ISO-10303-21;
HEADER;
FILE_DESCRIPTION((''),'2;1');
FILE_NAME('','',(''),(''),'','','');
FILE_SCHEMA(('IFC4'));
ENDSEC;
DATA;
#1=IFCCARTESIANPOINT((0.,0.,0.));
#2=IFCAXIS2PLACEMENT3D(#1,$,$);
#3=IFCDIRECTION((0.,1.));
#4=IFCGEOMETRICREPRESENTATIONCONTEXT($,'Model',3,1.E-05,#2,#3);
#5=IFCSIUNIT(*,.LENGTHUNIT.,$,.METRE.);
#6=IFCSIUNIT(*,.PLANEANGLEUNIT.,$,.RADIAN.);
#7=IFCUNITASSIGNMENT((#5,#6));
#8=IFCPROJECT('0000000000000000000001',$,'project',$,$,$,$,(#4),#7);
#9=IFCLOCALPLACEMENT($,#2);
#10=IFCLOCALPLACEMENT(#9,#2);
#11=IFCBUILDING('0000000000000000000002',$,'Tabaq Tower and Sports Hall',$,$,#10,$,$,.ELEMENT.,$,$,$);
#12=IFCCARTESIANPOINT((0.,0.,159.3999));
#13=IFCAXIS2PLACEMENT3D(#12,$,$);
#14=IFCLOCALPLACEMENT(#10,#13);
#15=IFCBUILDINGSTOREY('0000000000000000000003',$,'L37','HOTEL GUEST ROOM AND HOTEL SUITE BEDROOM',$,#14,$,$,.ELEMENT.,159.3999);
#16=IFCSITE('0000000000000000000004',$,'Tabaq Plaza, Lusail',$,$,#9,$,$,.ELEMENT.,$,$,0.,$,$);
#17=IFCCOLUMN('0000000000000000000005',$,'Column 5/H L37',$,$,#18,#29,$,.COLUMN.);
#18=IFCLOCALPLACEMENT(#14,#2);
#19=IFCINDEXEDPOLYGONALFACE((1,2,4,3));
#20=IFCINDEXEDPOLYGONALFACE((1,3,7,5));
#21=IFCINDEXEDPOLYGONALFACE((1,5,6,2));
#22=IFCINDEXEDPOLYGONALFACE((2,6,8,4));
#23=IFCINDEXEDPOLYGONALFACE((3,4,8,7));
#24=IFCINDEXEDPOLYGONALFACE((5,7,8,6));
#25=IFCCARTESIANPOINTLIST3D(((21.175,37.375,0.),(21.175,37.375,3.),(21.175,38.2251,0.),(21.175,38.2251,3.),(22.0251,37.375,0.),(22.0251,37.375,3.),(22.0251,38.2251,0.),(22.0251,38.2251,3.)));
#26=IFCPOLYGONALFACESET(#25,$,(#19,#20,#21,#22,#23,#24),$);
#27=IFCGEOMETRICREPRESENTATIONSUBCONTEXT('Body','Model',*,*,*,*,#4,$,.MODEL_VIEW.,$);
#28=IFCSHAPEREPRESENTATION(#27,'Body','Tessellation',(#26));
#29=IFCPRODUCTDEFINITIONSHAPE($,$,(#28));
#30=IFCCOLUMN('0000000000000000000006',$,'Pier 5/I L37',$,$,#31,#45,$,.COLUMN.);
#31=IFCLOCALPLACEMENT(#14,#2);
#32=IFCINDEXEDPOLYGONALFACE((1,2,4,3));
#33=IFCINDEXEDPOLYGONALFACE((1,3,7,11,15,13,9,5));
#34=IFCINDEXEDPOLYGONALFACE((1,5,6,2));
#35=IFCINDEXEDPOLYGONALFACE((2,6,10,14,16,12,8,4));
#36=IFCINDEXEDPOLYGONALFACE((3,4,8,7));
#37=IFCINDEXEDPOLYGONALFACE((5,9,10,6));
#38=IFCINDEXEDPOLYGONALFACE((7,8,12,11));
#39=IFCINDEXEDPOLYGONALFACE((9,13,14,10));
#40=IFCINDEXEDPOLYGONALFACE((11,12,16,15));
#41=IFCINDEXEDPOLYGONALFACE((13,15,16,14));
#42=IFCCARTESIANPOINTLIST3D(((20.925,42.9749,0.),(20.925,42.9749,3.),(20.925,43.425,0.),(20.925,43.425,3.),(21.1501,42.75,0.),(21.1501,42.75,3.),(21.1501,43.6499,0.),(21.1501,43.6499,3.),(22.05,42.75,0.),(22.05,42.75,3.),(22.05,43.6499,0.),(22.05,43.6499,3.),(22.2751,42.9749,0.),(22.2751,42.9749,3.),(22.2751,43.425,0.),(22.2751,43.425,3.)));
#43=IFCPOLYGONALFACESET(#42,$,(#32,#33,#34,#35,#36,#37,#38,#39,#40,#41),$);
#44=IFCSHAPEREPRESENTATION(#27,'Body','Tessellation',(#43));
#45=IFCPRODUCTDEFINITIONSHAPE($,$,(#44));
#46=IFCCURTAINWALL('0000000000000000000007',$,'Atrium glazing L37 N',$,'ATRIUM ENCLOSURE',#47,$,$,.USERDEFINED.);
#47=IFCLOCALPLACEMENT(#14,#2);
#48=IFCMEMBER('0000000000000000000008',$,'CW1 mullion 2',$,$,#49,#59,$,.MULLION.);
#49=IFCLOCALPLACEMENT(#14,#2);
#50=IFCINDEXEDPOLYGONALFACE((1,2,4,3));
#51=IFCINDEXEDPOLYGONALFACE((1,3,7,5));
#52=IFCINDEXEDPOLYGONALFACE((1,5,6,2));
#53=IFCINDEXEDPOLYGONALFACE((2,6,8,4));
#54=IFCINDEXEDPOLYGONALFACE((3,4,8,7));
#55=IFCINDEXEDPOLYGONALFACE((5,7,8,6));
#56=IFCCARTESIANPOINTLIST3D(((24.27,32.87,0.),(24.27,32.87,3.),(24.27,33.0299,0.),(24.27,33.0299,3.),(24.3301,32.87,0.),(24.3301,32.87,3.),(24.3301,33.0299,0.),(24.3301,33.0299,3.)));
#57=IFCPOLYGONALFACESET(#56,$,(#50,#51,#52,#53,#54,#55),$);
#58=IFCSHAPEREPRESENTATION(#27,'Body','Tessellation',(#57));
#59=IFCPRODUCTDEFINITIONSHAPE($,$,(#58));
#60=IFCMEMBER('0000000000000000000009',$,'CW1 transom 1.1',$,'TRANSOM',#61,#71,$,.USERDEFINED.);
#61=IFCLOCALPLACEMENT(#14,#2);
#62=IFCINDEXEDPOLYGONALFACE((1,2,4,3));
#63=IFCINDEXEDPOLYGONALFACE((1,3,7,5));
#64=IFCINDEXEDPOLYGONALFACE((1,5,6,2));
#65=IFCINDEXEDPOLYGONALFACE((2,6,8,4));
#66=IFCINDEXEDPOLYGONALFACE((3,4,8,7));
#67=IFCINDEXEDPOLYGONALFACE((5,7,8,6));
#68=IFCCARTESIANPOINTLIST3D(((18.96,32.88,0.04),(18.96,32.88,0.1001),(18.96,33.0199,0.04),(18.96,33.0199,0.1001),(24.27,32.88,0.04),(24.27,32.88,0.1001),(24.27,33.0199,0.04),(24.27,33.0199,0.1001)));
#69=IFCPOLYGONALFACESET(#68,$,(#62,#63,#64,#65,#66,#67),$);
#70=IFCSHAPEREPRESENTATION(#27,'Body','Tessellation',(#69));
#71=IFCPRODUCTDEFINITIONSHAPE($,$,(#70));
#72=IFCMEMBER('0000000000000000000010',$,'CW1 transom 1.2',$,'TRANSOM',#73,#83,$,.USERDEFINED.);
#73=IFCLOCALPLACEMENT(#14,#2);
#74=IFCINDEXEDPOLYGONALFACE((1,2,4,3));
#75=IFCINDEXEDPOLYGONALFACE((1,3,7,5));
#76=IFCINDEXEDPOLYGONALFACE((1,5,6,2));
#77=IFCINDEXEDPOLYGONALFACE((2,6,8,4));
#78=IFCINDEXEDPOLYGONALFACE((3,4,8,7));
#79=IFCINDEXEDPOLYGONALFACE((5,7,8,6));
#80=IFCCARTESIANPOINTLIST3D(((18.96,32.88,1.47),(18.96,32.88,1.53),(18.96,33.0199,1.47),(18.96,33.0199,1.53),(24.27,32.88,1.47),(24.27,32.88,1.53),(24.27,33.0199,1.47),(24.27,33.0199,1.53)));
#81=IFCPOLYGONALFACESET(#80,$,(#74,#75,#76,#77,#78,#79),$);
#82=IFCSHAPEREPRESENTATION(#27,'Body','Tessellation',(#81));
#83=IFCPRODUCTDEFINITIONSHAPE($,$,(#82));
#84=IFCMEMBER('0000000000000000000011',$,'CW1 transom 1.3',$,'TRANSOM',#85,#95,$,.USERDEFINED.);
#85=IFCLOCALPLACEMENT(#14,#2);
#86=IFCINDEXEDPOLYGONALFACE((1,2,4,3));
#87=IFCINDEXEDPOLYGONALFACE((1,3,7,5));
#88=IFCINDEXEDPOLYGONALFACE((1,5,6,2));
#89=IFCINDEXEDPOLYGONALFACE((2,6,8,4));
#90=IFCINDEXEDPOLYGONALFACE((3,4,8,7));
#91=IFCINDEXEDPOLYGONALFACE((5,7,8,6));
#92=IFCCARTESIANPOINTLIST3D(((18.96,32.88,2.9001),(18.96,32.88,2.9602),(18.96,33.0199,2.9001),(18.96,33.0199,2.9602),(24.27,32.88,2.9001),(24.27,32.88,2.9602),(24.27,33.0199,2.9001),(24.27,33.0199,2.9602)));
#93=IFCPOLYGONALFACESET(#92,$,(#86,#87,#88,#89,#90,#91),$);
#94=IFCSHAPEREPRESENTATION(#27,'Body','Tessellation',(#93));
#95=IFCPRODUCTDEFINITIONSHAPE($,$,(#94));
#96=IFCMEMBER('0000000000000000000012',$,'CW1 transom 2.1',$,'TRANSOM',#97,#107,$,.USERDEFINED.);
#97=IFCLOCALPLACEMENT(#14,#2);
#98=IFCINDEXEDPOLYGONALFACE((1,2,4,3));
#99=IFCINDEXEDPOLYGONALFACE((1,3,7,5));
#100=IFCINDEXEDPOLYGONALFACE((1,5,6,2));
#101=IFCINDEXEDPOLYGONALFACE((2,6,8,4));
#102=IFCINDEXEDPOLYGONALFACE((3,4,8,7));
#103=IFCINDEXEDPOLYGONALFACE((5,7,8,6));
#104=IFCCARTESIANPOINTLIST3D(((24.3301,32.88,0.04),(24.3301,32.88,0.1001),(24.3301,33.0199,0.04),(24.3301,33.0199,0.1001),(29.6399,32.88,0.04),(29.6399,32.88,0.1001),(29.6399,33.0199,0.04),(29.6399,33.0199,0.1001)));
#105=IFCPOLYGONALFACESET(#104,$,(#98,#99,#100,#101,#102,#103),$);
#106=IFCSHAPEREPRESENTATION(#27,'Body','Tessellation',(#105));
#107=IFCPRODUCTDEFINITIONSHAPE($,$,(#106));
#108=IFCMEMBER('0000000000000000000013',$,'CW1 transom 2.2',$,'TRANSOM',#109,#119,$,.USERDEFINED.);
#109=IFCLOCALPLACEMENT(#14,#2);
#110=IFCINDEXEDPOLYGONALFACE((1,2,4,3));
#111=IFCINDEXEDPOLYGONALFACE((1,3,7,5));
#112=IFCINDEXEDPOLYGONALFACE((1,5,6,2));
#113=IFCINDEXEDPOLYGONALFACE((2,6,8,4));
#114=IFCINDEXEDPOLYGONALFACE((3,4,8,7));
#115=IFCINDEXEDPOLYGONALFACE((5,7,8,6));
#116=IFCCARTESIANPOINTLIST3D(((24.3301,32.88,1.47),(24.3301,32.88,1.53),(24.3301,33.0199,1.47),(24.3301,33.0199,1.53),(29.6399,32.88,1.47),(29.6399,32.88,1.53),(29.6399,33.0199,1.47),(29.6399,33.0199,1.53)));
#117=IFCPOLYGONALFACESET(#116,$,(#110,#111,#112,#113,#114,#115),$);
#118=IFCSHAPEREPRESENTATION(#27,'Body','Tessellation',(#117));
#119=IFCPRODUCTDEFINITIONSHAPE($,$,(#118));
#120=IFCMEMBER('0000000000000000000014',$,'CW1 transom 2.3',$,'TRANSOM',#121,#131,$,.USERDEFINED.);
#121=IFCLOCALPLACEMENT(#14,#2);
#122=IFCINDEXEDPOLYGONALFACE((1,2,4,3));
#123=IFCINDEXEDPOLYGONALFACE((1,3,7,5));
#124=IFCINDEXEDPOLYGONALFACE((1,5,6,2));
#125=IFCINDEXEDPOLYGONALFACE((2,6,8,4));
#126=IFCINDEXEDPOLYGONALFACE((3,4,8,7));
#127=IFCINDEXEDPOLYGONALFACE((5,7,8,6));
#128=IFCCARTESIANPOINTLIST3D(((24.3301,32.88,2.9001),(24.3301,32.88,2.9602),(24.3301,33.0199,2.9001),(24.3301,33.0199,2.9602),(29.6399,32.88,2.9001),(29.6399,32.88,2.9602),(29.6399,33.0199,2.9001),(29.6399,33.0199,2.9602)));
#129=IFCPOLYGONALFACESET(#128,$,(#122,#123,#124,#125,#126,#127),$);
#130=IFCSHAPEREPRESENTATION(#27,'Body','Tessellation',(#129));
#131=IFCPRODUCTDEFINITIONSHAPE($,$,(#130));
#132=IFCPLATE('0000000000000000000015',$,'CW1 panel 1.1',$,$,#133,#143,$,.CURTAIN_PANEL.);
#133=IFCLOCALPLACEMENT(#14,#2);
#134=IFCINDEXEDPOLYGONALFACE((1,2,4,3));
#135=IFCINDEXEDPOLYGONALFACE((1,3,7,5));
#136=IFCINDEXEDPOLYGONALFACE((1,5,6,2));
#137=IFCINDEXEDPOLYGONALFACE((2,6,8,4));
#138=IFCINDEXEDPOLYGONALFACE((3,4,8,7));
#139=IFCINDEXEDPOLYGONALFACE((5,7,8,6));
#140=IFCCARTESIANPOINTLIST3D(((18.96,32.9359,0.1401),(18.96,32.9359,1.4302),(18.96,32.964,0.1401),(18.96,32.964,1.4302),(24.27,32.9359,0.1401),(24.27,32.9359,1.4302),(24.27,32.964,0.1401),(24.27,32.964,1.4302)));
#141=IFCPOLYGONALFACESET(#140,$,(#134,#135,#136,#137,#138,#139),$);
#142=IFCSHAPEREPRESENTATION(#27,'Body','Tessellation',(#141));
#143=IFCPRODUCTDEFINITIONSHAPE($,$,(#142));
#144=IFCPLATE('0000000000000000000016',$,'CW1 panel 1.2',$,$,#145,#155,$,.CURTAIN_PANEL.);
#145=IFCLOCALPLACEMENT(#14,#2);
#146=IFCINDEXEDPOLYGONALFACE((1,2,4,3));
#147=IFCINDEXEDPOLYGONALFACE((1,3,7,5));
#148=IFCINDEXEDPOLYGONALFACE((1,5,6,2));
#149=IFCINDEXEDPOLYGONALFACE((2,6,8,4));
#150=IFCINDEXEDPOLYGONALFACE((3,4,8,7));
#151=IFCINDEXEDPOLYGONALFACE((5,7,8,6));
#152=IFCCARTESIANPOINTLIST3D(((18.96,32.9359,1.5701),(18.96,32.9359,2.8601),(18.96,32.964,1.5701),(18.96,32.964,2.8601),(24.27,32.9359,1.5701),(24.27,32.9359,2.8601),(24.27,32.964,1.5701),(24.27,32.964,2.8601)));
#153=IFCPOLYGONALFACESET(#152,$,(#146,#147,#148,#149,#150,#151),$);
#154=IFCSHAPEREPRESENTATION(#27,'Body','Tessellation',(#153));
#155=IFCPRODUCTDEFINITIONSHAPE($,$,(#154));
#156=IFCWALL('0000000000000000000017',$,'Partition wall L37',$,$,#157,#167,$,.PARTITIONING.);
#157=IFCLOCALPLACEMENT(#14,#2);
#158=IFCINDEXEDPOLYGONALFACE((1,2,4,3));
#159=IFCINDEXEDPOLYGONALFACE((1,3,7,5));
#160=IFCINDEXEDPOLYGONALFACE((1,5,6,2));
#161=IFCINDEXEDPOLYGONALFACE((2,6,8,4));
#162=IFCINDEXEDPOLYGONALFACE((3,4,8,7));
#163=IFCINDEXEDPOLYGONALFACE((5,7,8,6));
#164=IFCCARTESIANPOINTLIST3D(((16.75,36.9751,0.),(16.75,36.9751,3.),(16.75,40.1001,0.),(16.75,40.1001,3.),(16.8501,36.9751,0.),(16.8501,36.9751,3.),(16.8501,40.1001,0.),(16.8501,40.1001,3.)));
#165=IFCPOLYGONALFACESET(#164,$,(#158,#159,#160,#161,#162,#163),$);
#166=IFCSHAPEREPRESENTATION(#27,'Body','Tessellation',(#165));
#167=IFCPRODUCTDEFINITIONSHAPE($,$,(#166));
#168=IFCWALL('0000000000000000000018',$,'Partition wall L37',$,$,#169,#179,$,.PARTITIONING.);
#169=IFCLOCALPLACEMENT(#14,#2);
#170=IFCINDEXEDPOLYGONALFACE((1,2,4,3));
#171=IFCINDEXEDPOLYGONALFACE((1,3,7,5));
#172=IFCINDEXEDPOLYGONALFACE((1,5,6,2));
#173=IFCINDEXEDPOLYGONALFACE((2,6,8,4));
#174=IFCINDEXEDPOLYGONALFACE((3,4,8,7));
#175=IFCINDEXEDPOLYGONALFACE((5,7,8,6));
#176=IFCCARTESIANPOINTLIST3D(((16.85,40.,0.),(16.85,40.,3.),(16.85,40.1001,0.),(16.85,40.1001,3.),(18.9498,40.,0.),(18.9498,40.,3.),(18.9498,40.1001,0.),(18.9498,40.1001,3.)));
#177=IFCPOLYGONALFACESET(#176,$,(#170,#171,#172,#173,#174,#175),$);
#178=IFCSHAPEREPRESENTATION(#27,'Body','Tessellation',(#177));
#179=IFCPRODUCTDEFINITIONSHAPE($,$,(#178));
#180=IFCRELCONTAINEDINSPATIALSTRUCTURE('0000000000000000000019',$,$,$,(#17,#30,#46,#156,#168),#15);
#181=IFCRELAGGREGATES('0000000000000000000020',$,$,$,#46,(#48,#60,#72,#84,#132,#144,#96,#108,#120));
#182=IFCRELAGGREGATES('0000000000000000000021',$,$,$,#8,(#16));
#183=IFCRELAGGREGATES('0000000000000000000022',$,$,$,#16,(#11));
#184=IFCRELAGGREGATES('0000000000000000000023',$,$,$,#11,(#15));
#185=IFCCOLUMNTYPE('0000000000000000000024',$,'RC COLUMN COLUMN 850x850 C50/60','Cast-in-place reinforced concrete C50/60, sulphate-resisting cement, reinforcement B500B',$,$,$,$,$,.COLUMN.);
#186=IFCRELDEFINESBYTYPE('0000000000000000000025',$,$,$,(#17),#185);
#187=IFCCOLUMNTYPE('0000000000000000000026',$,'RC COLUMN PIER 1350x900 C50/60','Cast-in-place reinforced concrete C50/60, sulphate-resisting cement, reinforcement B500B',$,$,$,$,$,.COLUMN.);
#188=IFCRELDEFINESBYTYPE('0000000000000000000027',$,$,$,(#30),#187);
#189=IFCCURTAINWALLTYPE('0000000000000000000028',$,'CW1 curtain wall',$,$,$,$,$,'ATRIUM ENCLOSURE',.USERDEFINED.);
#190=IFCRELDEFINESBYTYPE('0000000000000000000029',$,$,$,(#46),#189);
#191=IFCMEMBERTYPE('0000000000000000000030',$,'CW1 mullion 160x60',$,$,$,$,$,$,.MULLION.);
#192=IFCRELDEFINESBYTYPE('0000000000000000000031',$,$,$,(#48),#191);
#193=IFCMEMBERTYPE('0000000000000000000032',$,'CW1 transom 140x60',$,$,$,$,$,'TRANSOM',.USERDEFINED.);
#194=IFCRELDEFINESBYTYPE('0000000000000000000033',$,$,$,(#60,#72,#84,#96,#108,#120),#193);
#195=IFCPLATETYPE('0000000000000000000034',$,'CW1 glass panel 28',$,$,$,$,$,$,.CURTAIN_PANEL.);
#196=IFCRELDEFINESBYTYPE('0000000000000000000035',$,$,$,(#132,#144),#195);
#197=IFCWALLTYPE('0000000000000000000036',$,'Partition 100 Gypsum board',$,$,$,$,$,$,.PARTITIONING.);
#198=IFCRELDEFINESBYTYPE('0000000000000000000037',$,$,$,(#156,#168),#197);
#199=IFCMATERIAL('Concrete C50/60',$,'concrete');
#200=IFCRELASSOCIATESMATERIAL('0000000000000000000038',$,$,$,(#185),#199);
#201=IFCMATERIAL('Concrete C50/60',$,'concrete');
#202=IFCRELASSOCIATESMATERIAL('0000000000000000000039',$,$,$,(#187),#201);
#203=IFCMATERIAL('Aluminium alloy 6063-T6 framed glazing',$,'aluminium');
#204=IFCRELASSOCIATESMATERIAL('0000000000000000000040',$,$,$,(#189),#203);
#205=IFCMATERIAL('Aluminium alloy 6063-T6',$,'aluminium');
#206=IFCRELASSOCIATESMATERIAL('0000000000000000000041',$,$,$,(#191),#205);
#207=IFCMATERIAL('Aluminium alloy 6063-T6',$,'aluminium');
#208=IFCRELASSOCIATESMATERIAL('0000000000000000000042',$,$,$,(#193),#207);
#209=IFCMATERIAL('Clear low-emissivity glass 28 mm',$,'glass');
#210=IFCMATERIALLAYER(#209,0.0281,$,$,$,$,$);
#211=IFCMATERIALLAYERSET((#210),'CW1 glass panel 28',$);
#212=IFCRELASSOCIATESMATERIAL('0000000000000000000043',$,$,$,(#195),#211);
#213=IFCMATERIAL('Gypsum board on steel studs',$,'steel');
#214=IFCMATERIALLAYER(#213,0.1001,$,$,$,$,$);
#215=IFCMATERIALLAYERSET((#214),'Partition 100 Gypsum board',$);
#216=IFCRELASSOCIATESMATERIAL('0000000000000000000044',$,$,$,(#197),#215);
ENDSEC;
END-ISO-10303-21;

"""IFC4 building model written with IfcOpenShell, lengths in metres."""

from ifc_helpers import new_model, si_unit, direction, frame, frame_2d, origin, origin_2d, place, context, subcontext, project, spatial, polyline, rectangle, outline, extrude, material, layer, layer_set, material_profile, profile_set, type_object, element, aggregate, save


model = new_model("IFC4")

# Units and contexts
model_context = context("Model", 3, precision=1e-05, world=origin(), true_north=direction((0.0, 1.0)))
body_context = subcontext(model_context, "Body", "Model", "MODEL_VIEW")
ifc_project = project(units=[si_unit("LENGTHUNIT", "METRE"), si_unit("PLANEANGLEUNIT", "RADIAN")], contexts=[model_context])

# Site, building, storey
site_placement = place(None, origin())
site = spatial("IfcSite", under=ifc_project, at=site_placement, Name="Tabaq Plaza, Lusail", CompositionType="ELEMENT", RefElevation=0.0)
building_placement = place(site_placement, origin())
building = spatial("IfcBuilding", under=site, at=building_placement, Name="Tabaq Tower and Sports Hall", CompositionType="ELEMENT")
storey_placement = place(building_placement, frame((0.0, 0.0, 159.3999)))
storey = spatial("IfcBuildingStorey", under=building, at=storey_placement, Name="L37", Description="HOTEL GUEST ROOM AND HOTEL SUITE BEDROOM", CompositionType="ELEMENT", Elevation=159.3999)

# Columns
ifc_material_1 = material(Name="Concrete C50/60", Category="concrete")
ifc_material_profile_1 = material_profile(ifc_material_1, rectangle(XDim=0.8501, YDim=0.8501, at=origin_2d()), Name="COLUMN 850x850")
ifc_profile_set_1 = profile_set([ifc_material_profile_1], Name="Concrete C50/60")
column_type_1 = type_object("IfcColumnType", Name="RC COLUMN COLUMN 850x850 C50/60", Description="Cast-in-place reinforced concrete C50/60, sulphate-resisting cement, reinforcement B500B", PredefinedType="COLUMN", material=ifc_profile_set_1)
column_1_placement = place(storey_placement, frame((21.6001, 37.8, 0.0), z_axis=(0.0, 0.0, 1.0), x_axis=(1.0, 0.0, 0.0)))
element("IfcColumn", 1, at=column_1_placement, inside=storey, type_object=column_type_1, Name="Column 5/H L37", PredefinedType="COLUMN", context=body_context, shape_type="SweptSolid", body=[
    extrude(rectangle(XDim=0.8501, YDim=0.8501, at=origin_2d()), origin(), (0.0, 0.0, 1.0), 3.0),
])
ifc_material_2 = material(Name="Concrete C50/60", Category="concrete")
ifc_material_profile_2 = material_profile(ifc_material_2, outline(polyline([(-0.45, -0.45), (0.45, -0.45), (0.675, -0.2251), (0.675, 0.2251), (0.45, 0.45), (-0.45, 0.45), (-0.675, 0.2251), (-0.675, -0.2251), (-0.45, -0.45)])), Name="PIER 1350x900")
ifc_profile_set_2 = profile_set([ifc_material_profile_2], Name="Concrete C50/60")
column_type_2 = type_object("IfcColumnType", Name="RC COLUMN PIER 1350x900 C50/60", Description="Cast-in-place reinforced concrete C50/60, sulphate-resisting cement, reinforcement B500B", PredefinedType="COLUMN", material=ifc_profile_set_2)
column_2_placement = place(storey_placement, frame((21.6001, 43.2, 0.0), z_axis=(0.0, 0.0, 1.0), x_axis=(1.0, 0.0, 0.0)))
element("IfcColumn", 2, at=column_2_placement, inside=storey, type_object=column_type_2, Name="Pier 5/I L37", PredefinedType="COLUMN", context=body_context, shape_type="SweptSolid", body=[
    extrude(outline(polyline([(-0.45, -0.45), (0.45, -0.45), (0.675, -0.2251), (0.675, 0.2251), (0.45, 0.45), (-0.45, 0.45), (-0.675, 0.2251), (-0.675, -0.2251), (-0.45, -0.45)])), origin(), (0.0, 0.0, 1.0), 3.0),
])

# Curtain wall, members, plates
ifc_material_3 = material(Name="Aluminium alloy 6063-T6 framed glazing", Category="aluminium")
curtain_wall_type = type_object("IfcCurtainWallType", Name="CW1 curtain wall", ElementType="ATRIUM ENCLOSURE", PredefinedType="USERDEFINED", material=ifc_material_3)
curtain_wall_placement = place(storey_placement, origin())
curtain_wall = element("IfcCurtainWall", 3, at=curtain_wall_placement, inside=storey, type_object=curtain_wall_type, Name="Atrium glazing L37 N", ObjectType="ATRIUM ENCLOSURE", PredefinedType="USERDEFINED")
ifc_material_4 = material(Name="Aluminium alloy 6063-T6", Category="aluminium")
ifc_material_profile_3 = material_profile(ifc_material_4, rectangle(XDim=0.1599, YDim=0.0601, at=origin_2d()), Name="MULLION 160x60")
ifc_profile_set_3 = profile_set([ifc_material_profile_3], Name="Aluminium alloy 6063-T6")
member_type_1 = type_object("IfcMemberType", Name="CW1 mullion 160x60", PredefinedType="MULLION", material=ifc_profile_set_3)
member_1_placement = place(storey_placement, frame((24.3, 32.95, 0.0), z_axis=(0.0, 0.0, 1.0), x_axis=(0.0, 1.0, 0.0)))
member_1 = element("IfcMember", 4, at=member_1_placement, type_object=member_type_1, Name="CW1 mullion 2", PredefinedType="MULLION", context=body_context, shape_type="SweptSolid", body=[
    extrude(rectangle(XDim=0.1599, YDim=0.0601, at=origin_2d()), origin(), (0.0, 0.0, 1.0), 3.0),
])
ifc_material_5 = material(Name="Aluminium alloy 6063-T6", Category="aluminium")
ifc_material_profile_4 = material_profile(ifc_material_5, rectangle(XDim=0.1399, YDim=0.0601, at=origin_2d()), Name="TRANSOM 140x60")
ifc_profile_set_4 = profile_set([ifc_material_profile_4], Name="Aluminium alloy 6063-T6")
member_type_2 = type_object("IfcMemberType", Name="CW1 transom 140x60", ElementType="TRANSOM", PredefinedType="USERDEFINED", material=ifc_profile_set_4)
member_2_placement = place(storey_placement, frame((18.96, 32.95, 0.0701), z_axis=(1.0, 0.0, 0.0), x_axis=(0.0, 1.0, 0.0)))
member_2 = element("IfcMember", 5, at=member_2_placement, type_object=member_type_2, Name="CW1 transom 1.1", ObjectType="TRANSOM", PredefinedType="USERDEFINED", context=body_context, shape_type="SweptSolid", body=[
    extrude(rectangle(XDim=0.1399, YDim=0.0601, at=origin_2d()), origin(), (0.0, 0.0, 1.0), 5.3101),
])
member_3_placement = place(storey_placement, frame((18.96, 32.95, 1.5), z_axis=(1.0, 0.0, 0.0), x_axis=(0.0, 1.0, 0.0)))
member_3 = element("IfcMember", 6, at=member_3_placement, type_object=member_type_2, Name="CW1 transom 1.2", ObjectType="TRANSOM", PredefinedType="USERDEFINED", context=body_context, shape_type="SweptSolid", body=[
    extrude(rectangle(XDim=0.1399, YDim=0.0601, at=origin_2d()), origin(), (0.0, 0.0, 1.0), 5.3101),
])
member_4_placement = place(storey_placement, frame((18.96, 32.95, 2.9302), z_axis=(1.0, 0.0, 0.0), x_axis=(0.0, 1.0, 0.0)))
member_4 = element("IfcMember", 7, at=member_4_placement, type_object=member_type_2, Name="CW1 transom 1.3", ObjectType="TRANSOM", PredefinedType="USERDEFINED", context=body_context, shape_type="SweptSolid", body=[
    extrude(rectangle(XDim=0.1399, YDim=0.0601, at=origin_2d()), origin(), (0.0, 0.0, 1.0), 5.3101),
])
member_5_placement = place(storey_placement, frame((24.3301, 32.95, 0.0701), z_axis=(1.0, 0.0, 0.0), x_axis=(0.0, 1.0, 0.0)))
member_5 = element("IfcMember", 8, at=member_5_placement, type_object=member_type_2, Name="CW1 transom 2.1", ObjectType="TRANSOM", PredefinedType="USERDEFINED", context=body_context, shape_type="SweptSolid", body=[
    extrude(rectangle(XDim=0.1399, YDim=0.0601, at=origin_2d()), origin(), (0.0, 0.0, 1.0), 5.3098),
])
member_6_placement = place(storey_placement, frame((24.3301, 32.95, 1.5), z_axis=(1.0, 0.0, 0.0), x_axis=(0.0, 1.0, 0.0)))
member_6 = element("IfcMember", 9, at=member_6_placement, type_object=member_type_2, Name="CW1 transom 2.2", ObjectType="TRANSOM", PredefinedType="USERDEFINED", context=body_context, shape_type="SweptSolid", body=[
    extrude(rectangle(XDim=0.1399, YDim=0.0601, at=origin_2d()), origin(), (0.0, 0.0, 1.0), 5.3098),
])
member_7_placement = place(storey_placement, frame((24.3301, 32.95, 2.9302), z_axis=(1.0, 0.0, 0.0), x_axis=(0.0, 1.0, 0.0)))
member_7 = element("IfcMember", 10, at=member_7_placement, type_object=member_type_2, Name="CW1 transom 2.3", ObjectType="TRANSOM", PredefinedType="USERDEFINED", context=body_context, shape_type="SweptSolid", body=[
    extrude(rectangle(XDim=0.1399, YDim=0.0601, at=origin_2d()), origin(), (0.0, 0.0, 1.0), 5.3098),
])
ifc_material_6 = material(Name="Clear low-emissivity glass 28 mm", Category="glass")
ifc_layer_1 = layer(ifc_material_6, 0.0281)
ifc_layer_set_1 = layer_set([ifc_layer_1], Name="CW1 glass panel 28")
plate_type = type_object("IfcPlateType", Name="CW1 glass panel 28", PredefinedType="CURTAIN_PANEL", material=ifc_layer_set_1)
plate_1_placement = place(storey_placement, frame((21.615, 32.95, 0.1401), z_axis=(0.0, 0.0, 1.0), x_axis=(1.0, 0.0, 0.0)))
plate_1 = element("IfcPlate", 11, at=plate_1_placement, type_object=plate_type, Name="CW1 panel 1.1", PredefinedType="CURTAIN_PANEL", context=body_context, shape_type="SweptSolid", body=[
    extrude(rectangle(XDim=5.3101, YDim=0.0281, at=origin_2d()), origin(), (0.0, 0.0, 1.0), 1.29),
])
plate_2_placement = place(storey_placement, frame((21.615, 32.95, 1.5701), z_axis=(0.0, 0.0, 1.0), x_axis=(1.0, 0.0, 0.0)))
plate_2 = element("IfcPlate", 12, at=plate_2_placement, type_object=plate_type, Name="CW1 panel 1.2", PredefinedType="CURTAIN_PANEL", context=body_context, shape_type="SweptSolid", body=[
    extrude(rectangle(XDim=5.3101, YDim=0.0281, at=origin_2d()), origin(), (0.0, 0.0, 1.0), 1.29),
])
aggregate(curtain_wall, [member_1, member_2, member_3, member_4, plate_1, plate_2, member_5, member_6, member_7])

# Walls
ifc_material_7 = material(Name="Gypsum board on steel studs", Category="steel")
ifc_layer_2 = layer(ifc_material_7, 0.1001)
ifc_layer_set_2 = layer_set([ifc_layer_2], Name="Partition 100 Gypsum board")
wall_type_1 = type_object("IfcWallType", Name="Partition 100 Gypsum board", PredefinedType="PARTITIONING", material=ifc_layer_set_2)
wall_1_placement = place(storey_placement, frame((16.8, 36.9751, 0.0), z_axis=(0.0, 0.0, 1.0), x_axis=(0.0, 1.0, 0.0)))
element("IfcWall", 13, at=wall_1_placement, inside=storey, type_object=wall_type_1, Name="Partition wall L37", PredefinedType="PARTITIONING", context=body_context, shape_type="SweptSolid", body=[
    extrude(rectangle(XDim=3.125, YDim=0.1001, at=frame_2d((1.5625, 0.0))), origin(), (0.0, 0.0, 1.0), 3.0),
])
wall_2_placement = place(storey_placement, frame((16.8501, 40.05, 0.0), z_axis=(0.0, 0.0, 1.0), x_axis=(1.0, 0.0, 0.0)))
element("IfcWall", 14, at=wall_2_placement, inside=storey, type_object=wall_type_1, Name="Partition wall L37", PredefinedType="PARTITIONING", context=body_context, shape_type="SweptSolid", body=[
    extrude(rectangle(XDim=2.0999, YDim=0.1001, at=frame_2d((1.0498, 0.0))), origin(), (0.0, 0.0, 1.0), 3.0),
])

save(model, "model.ifc")
